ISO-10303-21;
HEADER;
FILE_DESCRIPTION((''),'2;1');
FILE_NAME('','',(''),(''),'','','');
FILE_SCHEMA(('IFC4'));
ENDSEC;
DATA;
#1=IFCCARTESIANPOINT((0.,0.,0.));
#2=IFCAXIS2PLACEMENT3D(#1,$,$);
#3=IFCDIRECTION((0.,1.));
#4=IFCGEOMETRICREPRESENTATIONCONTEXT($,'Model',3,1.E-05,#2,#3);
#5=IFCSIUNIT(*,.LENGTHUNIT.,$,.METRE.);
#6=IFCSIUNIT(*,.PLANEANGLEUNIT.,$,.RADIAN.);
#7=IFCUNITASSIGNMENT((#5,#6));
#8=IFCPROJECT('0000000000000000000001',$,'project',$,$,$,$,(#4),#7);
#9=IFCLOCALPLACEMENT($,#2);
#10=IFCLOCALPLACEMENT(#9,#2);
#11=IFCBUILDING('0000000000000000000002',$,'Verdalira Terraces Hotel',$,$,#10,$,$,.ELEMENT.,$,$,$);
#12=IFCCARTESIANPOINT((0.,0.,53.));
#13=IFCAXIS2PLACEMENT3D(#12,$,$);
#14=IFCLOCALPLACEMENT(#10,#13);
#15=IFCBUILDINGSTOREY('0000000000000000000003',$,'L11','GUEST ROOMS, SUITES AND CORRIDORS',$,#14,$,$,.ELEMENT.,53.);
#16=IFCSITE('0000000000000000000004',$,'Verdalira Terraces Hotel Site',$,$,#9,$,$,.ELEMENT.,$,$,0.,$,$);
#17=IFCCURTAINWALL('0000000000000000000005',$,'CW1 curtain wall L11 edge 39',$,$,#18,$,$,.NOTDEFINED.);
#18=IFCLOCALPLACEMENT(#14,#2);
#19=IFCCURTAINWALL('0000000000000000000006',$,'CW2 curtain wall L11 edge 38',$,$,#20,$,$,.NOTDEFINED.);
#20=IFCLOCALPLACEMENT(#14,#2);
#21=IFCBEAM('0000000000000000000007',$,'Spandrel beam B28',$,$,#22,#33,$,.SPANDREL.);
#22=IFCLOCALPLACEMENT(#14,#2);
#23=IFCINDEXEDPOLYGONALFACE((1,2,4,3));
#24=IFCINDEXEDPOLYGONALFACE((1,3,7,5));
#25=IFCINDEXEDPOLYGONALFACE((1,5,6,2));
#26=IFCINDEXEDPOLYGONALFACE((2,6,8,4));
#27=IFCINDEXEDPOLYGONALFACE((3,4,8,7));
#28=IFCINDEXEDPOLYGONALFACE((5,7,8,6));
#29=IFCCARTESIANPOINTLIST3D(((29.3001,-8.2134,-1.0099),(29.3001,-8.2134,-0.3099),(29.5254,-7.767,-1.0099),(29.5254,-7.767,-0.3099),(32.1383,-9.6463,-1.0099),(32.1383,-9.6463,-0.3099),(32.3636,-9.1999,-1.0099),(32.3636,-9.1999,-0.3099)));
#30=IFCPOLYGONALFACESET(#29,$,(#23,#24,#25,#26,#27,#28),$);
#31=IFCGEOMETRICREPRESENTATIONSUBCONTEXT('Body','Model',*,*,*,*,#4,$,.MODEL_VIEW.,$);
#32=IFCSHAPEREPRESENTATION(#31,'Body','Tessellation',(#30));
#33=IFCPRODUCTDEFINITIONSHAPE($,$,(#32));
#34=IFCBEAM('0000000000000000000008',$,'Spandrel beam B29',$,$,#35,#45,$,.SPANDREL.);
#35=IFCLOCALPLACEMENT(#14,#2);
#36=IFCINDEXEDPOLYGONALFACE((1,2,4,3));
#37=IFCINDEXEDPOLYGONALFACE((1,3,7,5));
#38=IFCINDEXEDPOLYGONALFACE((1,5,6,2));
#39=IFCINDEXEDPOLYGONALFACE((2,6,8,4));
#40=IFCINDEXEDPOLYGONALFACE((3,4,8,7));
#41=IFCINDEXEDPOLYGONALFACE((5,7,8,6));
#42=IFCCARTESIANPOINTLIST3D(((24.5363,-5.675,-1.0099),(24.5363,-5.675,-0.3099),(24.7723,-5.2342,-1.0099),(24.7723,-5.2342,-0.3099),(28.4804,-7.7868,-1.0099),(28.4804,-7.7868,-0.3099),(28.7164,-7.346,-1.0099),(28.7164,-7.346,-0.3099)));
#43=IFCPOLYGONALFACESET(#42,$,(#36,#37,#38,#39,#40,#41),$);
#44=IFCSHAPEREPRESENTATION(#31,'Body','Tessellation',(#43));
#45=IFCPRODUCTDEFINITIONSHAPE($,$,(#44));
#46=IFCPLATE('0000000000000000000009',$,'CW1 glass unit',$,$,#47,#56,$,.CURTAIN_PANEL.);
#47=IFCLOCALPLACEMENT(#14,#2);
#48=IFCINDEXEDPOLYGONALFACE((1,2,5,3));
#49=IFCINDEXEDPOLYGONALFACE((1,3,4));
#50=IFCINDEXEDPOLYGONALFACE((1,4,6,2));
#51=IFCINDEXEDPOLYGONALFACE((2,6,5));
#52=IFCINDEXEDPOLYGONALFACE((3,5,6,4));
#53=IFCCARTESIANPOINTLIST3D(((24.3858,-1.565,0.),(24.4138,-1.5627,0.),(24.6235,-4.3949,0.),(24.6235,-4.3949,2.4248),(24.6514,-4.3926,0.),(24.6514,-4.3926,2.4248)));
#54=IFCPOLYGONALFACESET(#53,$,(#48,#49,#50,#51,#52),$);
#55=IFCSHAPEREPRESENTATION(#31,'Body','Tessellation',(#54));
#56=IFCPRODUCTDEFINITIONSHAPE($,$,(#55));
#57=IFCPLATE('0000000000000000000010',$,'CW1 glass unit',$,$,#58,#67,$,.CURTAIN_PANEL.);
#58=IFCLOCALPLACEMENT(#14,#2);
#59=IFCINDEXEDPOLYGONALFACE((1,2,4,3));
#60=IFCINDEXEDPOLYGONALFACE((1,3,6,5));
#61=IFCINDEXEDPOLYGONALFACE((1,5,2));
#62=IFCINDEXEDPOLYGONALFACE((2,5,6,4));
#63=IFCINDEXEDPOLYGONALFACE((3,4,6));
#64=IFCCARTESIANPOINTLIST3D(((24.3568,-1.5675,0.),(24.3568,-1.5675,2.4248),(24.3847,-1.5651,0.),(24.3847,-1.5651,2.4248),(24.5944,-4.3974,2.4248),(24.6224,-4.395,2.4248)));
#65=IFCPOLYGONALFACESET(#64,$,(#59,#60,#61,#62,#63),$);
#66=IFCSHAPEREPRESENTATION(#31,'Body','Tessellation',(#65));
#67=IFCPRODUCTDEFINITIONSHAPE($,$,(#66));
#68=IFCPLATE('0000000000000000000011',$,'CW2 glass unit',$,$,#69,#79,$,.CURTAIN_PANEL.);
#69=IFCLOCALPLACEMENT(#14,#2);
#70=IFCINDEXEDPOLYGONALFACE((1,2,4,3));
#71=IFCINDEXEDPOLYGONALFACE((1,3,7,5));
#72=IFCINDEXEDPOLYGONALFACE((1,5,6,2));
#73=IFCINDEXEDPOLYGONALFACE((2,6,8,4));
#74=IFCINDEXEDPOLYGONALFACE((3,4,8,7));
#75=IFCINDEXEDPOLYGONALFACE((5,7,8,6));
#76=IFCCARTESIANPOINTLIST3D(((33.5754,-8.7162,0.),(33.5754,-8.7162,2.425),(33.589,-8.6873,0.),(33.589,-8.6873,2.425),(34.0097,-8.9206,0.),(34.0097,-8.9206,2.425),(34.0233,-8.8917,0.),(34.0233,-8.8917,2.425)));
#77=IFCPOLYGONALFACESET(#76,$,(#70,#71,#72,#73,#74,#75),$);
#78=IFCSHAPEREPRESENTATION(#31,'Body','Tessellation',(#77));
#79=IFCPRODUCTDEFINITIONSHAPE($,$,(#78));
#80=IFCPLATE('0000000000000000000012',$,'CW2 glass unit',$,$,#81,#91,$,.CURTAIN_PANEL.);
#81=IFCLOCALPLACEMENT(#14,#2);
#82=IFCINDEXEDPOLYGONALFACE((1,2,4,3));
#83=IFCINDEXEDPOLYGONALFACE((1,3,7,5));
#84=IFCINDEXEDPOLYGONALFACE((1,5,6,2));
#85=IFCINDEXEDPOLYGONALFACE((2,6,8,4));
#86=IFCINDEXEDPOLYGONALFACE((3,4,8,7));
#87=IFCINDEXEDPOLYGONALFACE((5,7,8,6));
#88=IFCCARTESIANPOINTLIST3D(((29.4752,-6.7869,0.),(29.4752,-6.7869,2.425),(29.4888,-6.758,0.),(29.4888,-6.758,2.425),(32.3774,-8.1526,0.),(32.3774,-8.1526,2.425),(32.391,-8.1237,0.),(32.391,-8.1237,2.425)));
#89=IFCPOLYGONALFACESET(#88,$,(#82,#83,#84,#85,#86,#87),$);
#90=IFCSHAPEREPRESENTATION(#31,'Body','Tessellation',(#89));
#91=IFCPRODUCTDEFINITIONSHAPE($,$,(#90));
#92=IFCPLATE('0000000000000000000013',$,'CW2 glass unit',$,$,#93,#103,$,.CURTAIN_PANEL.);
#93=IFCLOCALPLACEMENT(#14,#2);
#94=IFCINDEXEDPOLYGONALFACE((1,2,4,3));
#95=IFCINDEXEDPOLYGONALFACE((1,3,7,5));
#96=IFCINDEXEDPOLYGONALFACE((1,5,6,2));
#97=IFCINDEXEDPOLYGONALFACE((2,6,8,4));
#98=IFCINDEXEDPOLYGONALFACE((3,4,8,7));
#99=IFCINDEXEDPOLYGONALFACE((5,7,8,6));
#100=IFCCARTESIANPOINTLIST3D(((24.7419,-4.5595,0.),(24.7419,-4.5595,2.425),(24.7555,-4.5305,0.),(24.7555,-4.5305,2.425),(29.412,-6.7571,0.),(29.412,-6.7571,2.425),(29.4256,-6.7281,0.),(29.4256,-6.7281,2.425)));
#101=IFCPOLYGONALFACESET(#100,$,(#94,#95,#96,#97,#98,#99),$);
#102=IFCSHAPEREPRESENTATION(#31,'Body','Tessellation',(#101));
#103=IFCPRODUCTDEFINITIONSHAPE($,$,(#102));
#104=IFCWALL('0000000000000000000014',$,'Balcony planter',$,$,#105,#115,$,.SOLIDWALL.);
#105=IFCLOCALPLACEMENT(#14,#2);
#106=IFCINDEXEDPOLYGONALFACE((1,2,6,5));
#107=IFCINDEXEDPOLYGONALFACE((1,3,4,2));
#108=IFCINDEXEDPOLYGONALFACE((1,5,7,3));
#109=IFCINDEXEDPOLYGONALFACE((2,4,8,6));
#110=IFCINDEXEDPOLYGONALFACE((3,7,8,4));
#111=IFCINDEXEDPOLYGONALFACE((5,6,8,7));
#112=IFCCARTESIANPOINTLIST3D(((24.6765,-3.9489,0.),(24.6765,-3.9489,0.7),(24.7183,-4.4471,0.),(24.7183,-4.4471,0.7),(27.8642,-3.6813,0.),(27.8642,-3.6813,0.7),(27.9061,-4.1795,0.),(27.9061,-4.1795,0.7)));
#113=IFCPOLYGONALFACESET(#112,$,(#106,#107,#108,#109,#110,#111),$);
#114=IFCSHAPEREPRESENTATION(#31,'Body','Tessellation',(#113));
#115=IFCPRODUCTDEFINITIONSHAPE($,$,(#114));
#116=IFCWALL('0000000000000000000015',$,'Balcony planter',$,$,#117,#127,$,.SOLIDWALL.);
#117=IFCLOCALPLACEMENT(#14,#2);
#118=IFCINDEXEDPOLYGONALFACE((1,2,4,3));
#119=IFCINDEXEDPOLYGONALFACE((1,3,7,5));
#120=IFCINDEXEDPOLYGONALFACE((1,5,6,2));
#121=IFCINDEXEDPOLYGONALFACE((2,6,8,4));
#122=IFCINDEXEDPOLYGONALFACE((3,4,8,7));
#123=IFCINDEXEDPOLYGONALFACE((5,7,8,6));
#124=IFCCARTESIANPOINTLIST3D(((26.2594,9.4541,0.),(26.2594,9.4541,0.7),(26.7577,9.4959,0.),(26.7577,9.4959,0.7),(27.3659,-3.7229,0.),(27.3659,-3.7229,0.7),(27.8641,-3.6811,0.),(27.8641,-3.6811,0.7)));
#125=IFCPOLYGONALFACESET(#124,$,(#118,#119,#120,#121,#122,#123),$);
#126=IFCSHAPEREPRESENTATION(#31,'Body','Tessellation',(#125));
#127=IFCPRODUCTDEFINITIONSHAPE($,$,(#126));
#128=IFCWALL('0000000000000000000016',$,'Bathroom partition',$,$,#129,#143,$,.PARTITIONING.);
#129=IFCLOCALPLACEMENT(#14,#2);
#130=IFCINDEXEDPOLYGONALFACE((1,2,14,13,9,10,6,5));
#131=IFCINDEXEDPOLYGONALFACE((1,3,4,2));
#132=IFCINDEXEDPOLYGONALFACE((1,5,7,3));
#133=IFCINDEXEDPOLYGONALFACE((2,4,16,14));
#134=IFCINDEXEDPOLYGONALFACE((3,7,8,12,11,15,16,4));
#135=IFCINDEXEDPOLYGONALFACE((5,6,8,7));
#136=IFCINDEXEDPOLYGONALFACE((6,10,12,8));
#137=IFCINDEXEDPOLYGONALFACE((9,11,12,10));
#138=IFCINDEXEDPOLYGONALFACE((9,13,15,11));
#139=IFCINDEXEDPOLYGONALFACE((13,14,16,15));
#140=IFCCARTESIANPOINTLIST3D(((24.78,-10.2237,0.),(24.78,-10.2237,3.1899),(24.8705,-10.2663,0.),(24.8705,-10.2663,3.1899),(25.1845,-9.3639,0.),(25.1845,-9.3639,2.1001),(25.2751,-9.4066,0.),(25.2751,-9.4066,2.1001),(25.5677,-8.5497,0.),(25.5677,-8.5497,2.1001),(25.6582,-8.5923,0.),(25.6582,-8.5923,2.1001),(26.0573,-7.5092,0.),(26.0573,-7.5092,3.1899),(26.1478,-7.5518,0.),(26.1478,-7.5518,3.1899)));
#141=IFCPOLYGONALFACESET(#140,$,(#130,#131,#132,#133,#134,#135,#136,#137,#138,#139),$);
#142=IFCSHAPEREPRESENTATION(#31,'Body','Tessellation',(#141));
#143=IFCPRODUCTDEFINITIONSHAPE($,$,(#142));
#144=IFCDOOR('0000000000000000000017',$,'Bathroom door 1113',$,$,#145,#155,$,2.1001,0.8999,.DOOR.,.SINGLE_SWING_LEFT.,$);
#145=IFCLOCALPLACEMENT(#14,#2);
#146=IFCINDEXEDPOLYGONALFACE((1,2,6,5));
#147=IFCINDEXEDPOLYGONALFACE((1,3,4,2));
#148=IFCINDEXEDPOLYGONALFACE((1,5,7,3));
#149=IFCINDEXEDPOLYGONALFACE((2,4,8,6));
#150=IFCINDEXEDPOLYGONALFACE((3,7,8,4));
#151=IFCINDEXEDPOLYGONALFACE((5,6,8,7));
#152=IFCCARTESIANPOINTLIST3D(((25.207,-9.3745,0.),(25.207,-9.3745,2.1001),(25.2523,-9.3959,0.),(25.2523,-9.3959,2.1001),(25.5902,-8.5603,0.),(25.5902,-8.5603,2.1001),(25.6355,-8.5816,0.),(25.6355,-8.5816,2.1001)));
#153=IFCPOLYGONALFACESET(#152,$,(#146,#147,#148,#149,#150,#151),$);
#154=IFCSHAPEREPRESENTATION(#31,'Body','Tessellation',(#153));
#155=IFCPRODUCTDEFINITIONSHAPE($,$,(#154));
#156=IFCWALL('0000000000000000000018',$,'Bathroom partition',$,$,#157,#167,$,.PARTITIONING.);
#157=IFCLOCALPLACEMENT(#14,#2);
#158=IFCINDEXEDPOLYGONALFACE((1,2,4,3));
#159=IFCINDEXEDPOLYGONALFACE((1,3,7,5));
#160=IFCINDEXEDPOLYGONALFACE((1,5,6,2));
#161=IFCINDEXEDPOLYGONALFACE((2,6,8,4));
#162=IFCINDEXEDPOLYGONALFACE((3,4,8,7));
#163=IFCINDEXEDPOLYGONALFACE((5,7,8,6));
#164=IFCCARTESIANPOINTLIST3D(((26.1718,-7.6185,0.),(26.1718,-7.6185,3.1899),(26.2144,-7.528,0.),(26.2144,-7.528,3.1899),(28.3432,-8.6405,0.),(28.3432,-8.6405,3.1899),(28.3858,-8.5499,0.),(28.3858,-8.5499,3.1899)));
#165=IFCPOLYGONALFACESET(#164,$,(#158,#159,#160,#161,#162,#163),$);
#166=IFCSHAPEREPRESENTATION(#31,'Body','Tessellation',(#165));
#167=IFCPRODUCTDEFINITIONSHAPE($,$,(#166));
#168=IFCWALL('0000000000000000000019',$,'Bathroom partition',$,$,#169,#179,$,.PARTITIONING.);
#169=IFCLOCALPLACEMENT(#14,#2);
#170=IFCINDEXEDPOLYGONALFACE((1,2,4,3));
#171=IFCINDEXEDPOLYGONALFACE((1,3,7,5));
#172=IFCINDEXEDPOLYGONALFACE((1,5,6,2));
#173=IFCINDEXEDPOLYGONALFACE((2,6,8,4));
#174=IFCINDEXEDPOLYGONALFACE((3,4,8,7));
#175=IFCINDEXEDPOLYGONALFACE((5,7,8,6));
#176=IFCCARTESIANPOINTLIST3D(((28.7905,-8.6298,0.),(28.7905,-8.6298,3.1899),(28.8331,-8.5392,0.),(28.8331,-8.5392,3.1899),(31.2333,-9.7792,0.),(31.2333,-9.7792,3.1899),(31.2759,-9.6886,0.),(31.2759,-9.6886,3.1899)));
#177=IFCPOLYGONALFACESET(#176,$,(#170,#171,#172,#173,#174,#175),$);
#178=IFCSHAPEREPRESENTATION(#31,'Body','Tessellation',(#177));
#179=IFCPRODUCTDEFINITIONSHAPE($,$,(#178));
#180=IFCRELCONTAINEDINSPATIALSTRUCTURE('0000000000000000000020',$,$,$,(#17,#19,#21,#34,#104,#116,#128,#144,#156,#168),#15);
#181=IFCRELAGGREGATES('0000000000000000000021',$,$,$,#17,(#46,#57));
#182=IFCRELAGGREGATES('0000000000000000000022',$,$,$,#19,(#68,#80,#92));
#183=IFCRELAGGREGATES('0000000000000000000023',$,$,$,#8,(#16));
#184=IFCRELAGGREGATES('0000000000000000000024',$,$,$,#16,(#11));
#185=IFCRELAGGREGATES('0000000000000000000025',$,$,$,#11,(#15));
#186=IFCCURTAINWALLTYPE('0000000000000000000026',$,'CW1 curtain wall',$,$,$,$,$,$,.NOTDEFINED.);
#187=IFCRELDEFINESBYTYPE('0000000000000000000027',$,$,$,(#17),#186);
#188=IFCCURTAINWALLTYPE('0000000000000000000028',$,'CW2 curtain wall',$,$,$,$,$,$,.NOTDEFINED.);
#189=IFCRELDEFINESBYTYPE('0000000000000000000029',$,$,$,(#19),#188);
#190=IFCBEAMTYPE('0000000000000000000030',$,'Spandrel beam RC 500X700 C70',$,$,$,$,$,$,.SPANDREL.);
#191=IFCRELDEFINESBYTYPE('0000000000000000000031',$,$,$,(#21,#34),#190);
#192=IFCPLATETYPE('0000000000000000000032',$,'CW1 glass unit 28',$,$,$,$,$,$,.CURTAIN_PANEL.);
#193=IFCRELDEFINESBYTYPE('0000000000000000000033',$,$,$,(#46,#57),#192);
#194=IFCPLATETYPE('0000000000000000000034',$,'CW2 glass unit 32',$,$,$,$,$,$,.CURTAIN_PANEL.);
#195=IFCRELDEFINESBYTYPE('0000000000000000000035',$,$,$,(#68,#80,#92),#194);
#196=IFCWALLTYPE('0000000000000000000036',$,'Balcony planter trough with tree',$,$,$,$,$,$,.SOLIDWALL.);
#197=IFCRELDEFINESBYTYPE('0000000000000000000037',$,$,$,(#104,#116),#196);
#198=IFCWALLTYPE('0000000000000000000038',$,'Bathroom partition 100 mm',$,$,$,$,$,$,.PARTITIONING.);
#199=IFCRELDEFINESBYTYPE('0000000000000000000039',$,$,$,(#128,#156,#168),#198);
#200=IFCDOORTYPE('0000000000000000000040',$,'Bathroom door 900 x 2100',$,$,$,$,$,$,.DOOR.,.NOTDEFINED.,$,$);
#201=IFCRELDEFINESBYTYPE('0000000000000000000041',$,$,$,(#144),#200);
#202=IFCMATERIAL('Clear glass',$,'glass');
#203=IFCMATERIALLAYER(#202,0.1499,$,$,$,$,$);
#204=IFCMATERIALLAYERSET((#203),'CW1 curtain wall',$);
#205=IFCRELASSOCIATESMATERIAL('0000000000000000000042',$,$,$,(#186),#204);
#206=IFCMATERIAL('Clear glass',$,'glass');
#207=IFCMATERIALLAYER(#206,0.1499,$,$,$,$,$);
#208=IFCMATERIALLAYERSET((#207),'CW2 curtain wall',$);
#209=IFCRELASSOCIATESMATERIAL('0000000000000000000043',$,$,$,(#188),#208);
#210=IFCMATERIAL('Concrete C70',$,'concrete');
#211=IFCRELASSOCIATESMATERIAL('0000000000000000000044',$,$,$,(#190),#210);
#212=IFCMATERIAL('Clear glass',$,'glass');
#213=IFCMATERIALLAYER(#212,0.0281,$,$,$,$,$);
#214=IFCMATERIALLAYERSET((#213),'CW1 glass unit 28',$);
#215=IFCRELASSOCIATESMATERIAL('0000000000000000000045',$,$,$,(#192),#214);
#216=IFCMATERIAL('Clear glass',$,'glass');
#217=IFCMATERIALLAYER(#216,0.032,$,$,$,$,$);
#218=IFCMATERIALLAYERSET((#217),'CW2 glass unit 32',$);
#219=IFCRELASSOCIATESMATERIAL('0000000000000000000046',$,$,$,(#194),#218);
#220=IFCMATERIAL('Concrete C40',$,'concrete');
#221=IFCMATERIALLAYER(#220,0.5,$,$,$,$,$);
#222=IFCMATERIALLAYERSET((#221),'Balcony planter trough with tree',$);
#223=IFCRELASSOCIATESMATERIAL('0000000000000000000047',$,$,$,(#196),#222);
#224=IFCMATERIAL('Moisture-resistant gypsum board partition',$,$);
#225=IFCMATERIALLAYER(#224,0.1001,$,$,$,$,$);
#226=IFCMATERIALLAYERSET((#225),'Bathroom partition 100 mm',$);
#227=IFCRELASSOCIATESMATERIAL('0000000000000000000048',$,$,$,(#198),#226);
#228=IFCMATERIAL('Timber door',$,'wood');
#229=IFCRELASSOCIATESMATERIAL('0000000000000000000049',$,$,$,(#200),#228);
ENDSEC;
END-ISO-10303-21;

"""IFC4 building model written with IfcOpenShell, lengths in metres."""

from ifc_helpers import new_model, si_unit, direction, frame, frame_2d, origin, origin_2d, place, context, subcontext, project, spatial, polyline, rectangle, outline, extrude, material, layer, layer_set, material_profile, profile_set, type_object, element, fill, aggregate, save


model = new_model("IFC4")

# Units and contexts
model_context = context("Model", 3, precision=1e-05, world=origin(), true_north=direction((0.0, 1.0)))
body_context = subcontext(model_context, "Body", "Model", "MODEL_VIEW")
ifc_project = project(units=[si_unit("LENGTHUNIT", "METRE"), si_unit("PLANEANGLEUNIT", "RADIAN")], contexts=[model_context])

# Site, building, storey
site_placement = place(None, origin())
site = spatial("IfcSite", under=ifc_project, at=site_placement, Name="Verdalira Terraces Hotel Site", CompositionType="ELEMENT", RefElevation=0.0)
building_placement = place(site_placement, origin())
building = spatial("IfcBuilding", under=site, at=building_placement, Name="Verdalira Terraces Hotel", CompositionType="ELEMENT")
storey_placement = place(building_placement, frame((0.0, 0.0, 53.0)))
storey = spatial("IfcBuildingStorey", under=building, at=storey_placement, Name="L11", Description="GUEST ROOMS, SUITES AND CORRIDORS", CompositionType="ELEMENT", Elevation=53.0)

# Curtain walls
ifc_material_1 = material(Name="Clear glass", Category="glass")
ifc_layer_1 = layer(ifc_material_1, 0.1499)
ifc_layer_set_1 = layer_set([ifc_layer_1], Name="CW1 curtain wall")
curtain_wall_type_1 = type_object("IfcCurtainWallType", Name="CW1 curtain wall", PredefinedType="NOTDEFINED", material=ifc_layer_set_1)
curtain_wall_1_placement = place(storey_placement, origin())
curtain_wall_1 = element("IfcCurtainWall", 1, at=curtain_wall_1_placement, inside=storey, type_object=curtain_wall_type_1, Name="CW1 curtain wall L11 edge 39", PredefinedType="NOTDEFINED")
ifc_material_2 = material(Name="Clear glass", Category="glass")
ifc_layer_2 = layer(ifc_material_2, 0.1499)
ifc_layer_set_2 = layer_set([ifc_layer_2], Name="CW2 curtain wall")
curtain_wall_type_2 = type_object("IfcCurtainWallType", Name="CW2 curtain wall", PredefinedType="NOTDEFINED", material=ifc_layer_set_2)
curtain_wall_2_placement = place(storey_placement, origin())
curtain_wall_2 = element("IfcCurtainWall", 2, at=curtain_wall_2_placement, inside=storey, type_object=curtain_wall_type_2, Name="CW2 curtain wall L11 edge 38", PredefinedType="NOTDEFINED")

# Beams
ifc_material_3 = material(Name="Concrete C70", Category="concrete")
ifc_material_profile_1 = material_profile(ifc_material_3, rectangle(XDim=0.5, YDim=0.7, at=origin_2d()), Name="RC 500X700")
ifc_profile_set_1 = profile_set([ifc_material_profile_1], Name="Concrete C70")
beam_type_1 = type_object("IfcBeamType", Name="Spandrel beam RC 500X700 C70", PredefinedType="SPANDREL", material=ifc_profile_set_1)
beam_1_placement = place(storey_placement, frame((32.251, -9.4231, -0.6599), z_axis=(-0.892685, 0.450681, 0.0), x_axis=(-0.450681, -0.892685, 0.0)))
element("IfcBeam", 3, at=beam_1_placement, inside=storey, type_object=beam_type_1, Name="Spandrel beam B28", PredefinedType="SPANDREL", context=body_context, shape_type="SweptSolid", body=[
    extrude(rectangle(XDim=0.5, YDim=0.7, at=origin_2d()), origin(), (0.0, 0.0, 1.0), 3.1794),
])
beam_2_placement = place(storey_placement, frame((28.5984, -7.5664, -0.6599), z_axis=(-0.881581, 0.472032, 0.0), x_axis=(-0.472032, -0.881581, 0.0)))
element("IfcBeam", 4, at=beam_2_placement, inside=storey, type_object=beam_type_1, Name="Spandrel beam B29", PredefinedType="SPANDREL", context=body_context, shape_type="SweptSolid", body=[
    extrude(rectangle(XDim=0.5, YDim=0.7, at=origin_2d()), origin(), (0.0, 0.0, 1.0), 4.4739),
])

# Plates
ifc_material_4 = material(Name="Clear glass", Category="glass")
ifc_layer_3 = layer(ifc_material_4, 0.0281)
ifc_layer_set_3 = layer_set([ifc_layer_3], Name="CW1 glass unit 28")
plate_type_1 = type_object("IfcPlateType", Name="CW1 glass unit 28", PredefinedType="CURTAIN_PANEL", material=ifc_layer_set_3)
plate_1_placement = place(storey_placement, frame((24.5046, -2.98, 1.2124), z_axis=(0.996493, 0.083678, 0.0), x_axis=(-0.083678, 0.996493, 0.0)))
plate_1 = element("IfcPlate", 5, at=plate_1_placement, type_object=plate_type_1, Name="CW1 glass unit", PredefinedType="CURTAIN_PANEL", context=body_context, shape_type="SweptSolid", body=[
    extrude(outline(polyline([(-1.4199, -1.2124), (1.4199, -1.2124), (-1.4199, 1.2124), (-1.4199, -1.2124)])), origin(), (0.0, 0.0, 1.0), 0.0281),
])
plate_2_placement = place(storey_placement, frame((24.4756, -2.9824, 1.2124), z_axis=(0.996493, 0.083678, 0.0), x_axis=(-0.083678, 0.996493, 0.0)))
plate_2 = element("IfcPlate", 6, at=plate_2_placement, type_object=plate_type_1, Name="CW1 glass unit", PredefinedType="CURTAIN_PANEL", context=body_context, shape_type="SweptSolid", body=[
    extrude(outline(polyline([(1.4199, -1.2124), (1.4199, 1.2124), (-1.4199, 1.2124), (1.4199, -1.2124)])), origin(), (0.0, 0.0, 1.0), 0.0281),
])
aggregate(curtain_wall_1, [plate_1, plate_2])
ifc_material_5 = material(Name="Clear glass", Category="glass")
ifc_layer_4 = layer(ifc_material_5, 0.032)
ifc_layer_set_4 = layer_set([ifc_layer_4], Name="CW2 glass unit 32")
plate_type_2 = type_object("IfcPlateType", Name="CW2 glass unit 32", PredefinedType="CURTAIN_PANEL", material=ifc_layer_set_4)
plate_3_placement = place(storey_placement, frame((33.7993, -8.804, 0.0), z_axis=(0.0, 0.0, 1.0), x_axis=(-0.904827, 0.425779, 0.0)))
plate_3 = element("IfcPlate", 7, at=plate_3_placement, type_object=plate_type_2, Name="CW2 glass unit", PredefinedType="CURTAIN_PANEL", context=body_context, shape_type="SweptSolid", body=[
    extrude(rectangle(XDim=0.48, YDim=0.032, at=origin_2d()), origin(), (0.0, 0.0, 1.0), 2.425),
])
plate_4_placement = place(storey_placement, frame((30.9331, -7.4553, 0.0), z_axis=(0.0, 0.0, 1.0), x_axis=(-0.904827, 0.425779, 0.0)))
plate_4 = element("IfcPlate", 8, at=plate_4_placement, type_object=plate_type_2, Name="CW2 glass unit", PredefinedType="CURTAIN_PANEL", context=body_context, shape_type="SweptSolid", body=[
    extrude(rectangle(XDim=3.2075, YDim=0.032, at=origin_2d()), origin(), (0.0, 0.0, 1.0), 2.425),
])
plate_5_placement = place(storey_placement, frame((27.0837, -5.6438, 0.0), z_axis=(0.0, 0.0, 1.0), x_axis=(-0.904827, 0.425779, 0.0)))
plate_5 = element("IfcPlate", 9, at=plate_5_placement, type_object=plate_type_2, Name="CW2 glass unit", PredefinedType="CURTAIN_PANEL", context=body_context, shape_type="SweptSolid", body=[
    extrude(rectangle(XDim=5.1614, YDim=0.032, at=origin_2d()), origin(), (0.0, 0.0, 1.0), 2.425),
])
aggregate(curtain_wall_2, [plate_3, plate_4, plate_5])

# Walls
ifc_material_6 = material(Name="Concrete C40", Category="concrete")
ifc_layer_5 = layer(ifc_material_6, 0.5)
ifc_layer_set_5 = layer_set([ifc_layer_5], Name="Balcony planter trough with tree")
wall_type_1 = type_object("IfcWallType", Name="Balcony planter trough with tree", PredefinedType="SOLIDWALL", material=ifc_layer_set_5)
wall_1_placement = place(storey_placement, frame((24.6973, -4.198, 0.0), z_axis=(0.0, 0.0, 1.0), x_axis=(0.996496, 0.083645, 0.0)))
element("IfcWall", 10, at=wall_1_placement, inside=storey, type_object=wall_type_1, Name="Balcony planter", PredefinedType="SOLIDWALL", context=body_context, shape_type="SweptSolid", body=[
    extrude(rectangle(XDim=3.199, YDim=0.5, at=frame_2d((1.5996, 0.0))), origin(), (0.0, 0.0, 1.0), 0.7),
])
wall_2_placement = place(storey_placement, frame((27.615, -3.7021, 0.0), z_axis=(0.0, 0.0, 1.0), x_axis=(-0.083673, 0.996493, 0.0)))
element("IfcWall", 11, at=wall_2_placement, inside=storey, type_object=wall_type_1, Name="Balcony planter", PredefinedType="SOLIDWALL", context=body_context, shape_type="SweptSolid", body=[
    extrude(rectangle(XDim=13.2234, YDim=0.5, at=frame_2d((6.6118, 0.0))), origin(), (0.0, 0.0, 1.0), 0.7),
])

# Wall, opening, door
ifc_material_7 = material(Name="Moisture-resistant gypsum board partition")
ifc_layer_6 = layer(ifc_material_7, 0.1001)
ifc_layer_set_6 = layer_set([ifc_layer_6], Name="Bathroom partition 100 mm")
wall_type_2 = type_object("IfcWallType", Name="Bathroom partition 100 mm", PredefinedType="PARTITIONING", material=ifc_layer_set_6)
wall_3_placement = place(storey_placement, frame((26.1025, -7.5305, 0.0), z_axis=(0.0, 0.0, 1.0), x_axis=(-0.425766, -0.904833, 0.0)))
wall_3 = element("IfcWall", 12, at=wall_3_placement, inside=storey, type_object=wall_type_2, Name="Bathroom partition", PredefinedType="PARTITIONING", context=body_context, shape_type="SweptSolid", body=[
    extrude(rectangle(XDim=3.0, YDim=0.1001, at=frame_2d((1.5, 0.0))), origin(), (0.0, 0.0, 1.0), 3.1899),
])
opening_1_placement = place(wall_3_placement, frame((1.1499, 0.0, 0.0)))
opening_1 = element("IfcOpeningElement", 13, at=opening_1_placement, cuts=wall_3, PredefinedType="OPENING", context=body_context, shape_type="SweptSolid", body=[
    extrude(rectangle(XDim=0.8999, YDim=2.1001, at=frame_2d((0.45, 1.05))), frame((0.0, 0.0601, 0.0), z_axis=(0.0, -1.0, 0.0), x_axis=(1.0, 0.0, 0.0)), (0.0, 0.0, 1.0), 0.1201),
])
ifc_material_8 = material(Name="Timber door", Category="wood")
door_type_1 = type_object("IfcDoorType", Name="Bathroom door 900 x 2100", OperationType="NOTDEFINED", PredefinedType="DOOR", material=ifc_material_8)
door_1_placement = place(opening_1_placement, origin())
door_1 = element("IfcDoor", 14, at=door_1_placement, inside=storey, type_object=door_type_1, Name="Bathroom door 1113", OperationType="SINGLE_SWING_LEFT", OverallHeight=2.1001, OverallWidth=0.8999, PredefinedType="DOOR", context=body_context, shape_type="SweptSolid", body=[
    extrude(rectangle(XDim=0.8999, YDim=2.1001, at=frame_2d((0.45, 1.05))), frame((0.0, 0.0249, 0.0), z_axis=(0.0, -1.0, 0.0), x_axis=(1.0, 0.0, 0.0)), (0.0, 0.0, 1.0), 0.05),
])
fill(opening_1, door_1)

# Walls
wall_4_placement = place(storey_placement, frame((26.1931, -7.5732, 0.0), z_axis=(0.0, 0.0, 1.0), x_axis=(0.904796, -0.425846, 0.0)))
element("IfcWall", 15, at=wall_4_placement, inside=storey, type_object=wall_type_2, Name="Bathroom partition", PredefinedType="PARTITIONING", context=body_context, shape_type="SweptSolid", body=[
    extrude(rectangle(XDim=2.3999, YDim=0.1001, at=frame_2d((1.2, 0.0))), origin(), (0.0, 0.0, 1.0), 3.1899),
])
wall_5_placement = place(storey_placement, frame((31.2546, -9.7339, 0.0), z_axis=(0.0, 0.0, 1.0), x_axis=(-0.904843, 0.425745, 0.0)))
element("IfcWall", 16, at=wall_5_placement, inside=storey, type_object=wall_type_2, Name="Bathroom partition", PredefinedType="PARTITIONING", context=body_context, shape_type="SweptSolid", body=[
    extrude(rectangle(XDim=2.6997, YDim=0.1001, at=frame_2d((1.3499, 0.0))), origin(), (0.0, 0.0, 1.0), 3.1899),
])

save(model, "model.ifc")
